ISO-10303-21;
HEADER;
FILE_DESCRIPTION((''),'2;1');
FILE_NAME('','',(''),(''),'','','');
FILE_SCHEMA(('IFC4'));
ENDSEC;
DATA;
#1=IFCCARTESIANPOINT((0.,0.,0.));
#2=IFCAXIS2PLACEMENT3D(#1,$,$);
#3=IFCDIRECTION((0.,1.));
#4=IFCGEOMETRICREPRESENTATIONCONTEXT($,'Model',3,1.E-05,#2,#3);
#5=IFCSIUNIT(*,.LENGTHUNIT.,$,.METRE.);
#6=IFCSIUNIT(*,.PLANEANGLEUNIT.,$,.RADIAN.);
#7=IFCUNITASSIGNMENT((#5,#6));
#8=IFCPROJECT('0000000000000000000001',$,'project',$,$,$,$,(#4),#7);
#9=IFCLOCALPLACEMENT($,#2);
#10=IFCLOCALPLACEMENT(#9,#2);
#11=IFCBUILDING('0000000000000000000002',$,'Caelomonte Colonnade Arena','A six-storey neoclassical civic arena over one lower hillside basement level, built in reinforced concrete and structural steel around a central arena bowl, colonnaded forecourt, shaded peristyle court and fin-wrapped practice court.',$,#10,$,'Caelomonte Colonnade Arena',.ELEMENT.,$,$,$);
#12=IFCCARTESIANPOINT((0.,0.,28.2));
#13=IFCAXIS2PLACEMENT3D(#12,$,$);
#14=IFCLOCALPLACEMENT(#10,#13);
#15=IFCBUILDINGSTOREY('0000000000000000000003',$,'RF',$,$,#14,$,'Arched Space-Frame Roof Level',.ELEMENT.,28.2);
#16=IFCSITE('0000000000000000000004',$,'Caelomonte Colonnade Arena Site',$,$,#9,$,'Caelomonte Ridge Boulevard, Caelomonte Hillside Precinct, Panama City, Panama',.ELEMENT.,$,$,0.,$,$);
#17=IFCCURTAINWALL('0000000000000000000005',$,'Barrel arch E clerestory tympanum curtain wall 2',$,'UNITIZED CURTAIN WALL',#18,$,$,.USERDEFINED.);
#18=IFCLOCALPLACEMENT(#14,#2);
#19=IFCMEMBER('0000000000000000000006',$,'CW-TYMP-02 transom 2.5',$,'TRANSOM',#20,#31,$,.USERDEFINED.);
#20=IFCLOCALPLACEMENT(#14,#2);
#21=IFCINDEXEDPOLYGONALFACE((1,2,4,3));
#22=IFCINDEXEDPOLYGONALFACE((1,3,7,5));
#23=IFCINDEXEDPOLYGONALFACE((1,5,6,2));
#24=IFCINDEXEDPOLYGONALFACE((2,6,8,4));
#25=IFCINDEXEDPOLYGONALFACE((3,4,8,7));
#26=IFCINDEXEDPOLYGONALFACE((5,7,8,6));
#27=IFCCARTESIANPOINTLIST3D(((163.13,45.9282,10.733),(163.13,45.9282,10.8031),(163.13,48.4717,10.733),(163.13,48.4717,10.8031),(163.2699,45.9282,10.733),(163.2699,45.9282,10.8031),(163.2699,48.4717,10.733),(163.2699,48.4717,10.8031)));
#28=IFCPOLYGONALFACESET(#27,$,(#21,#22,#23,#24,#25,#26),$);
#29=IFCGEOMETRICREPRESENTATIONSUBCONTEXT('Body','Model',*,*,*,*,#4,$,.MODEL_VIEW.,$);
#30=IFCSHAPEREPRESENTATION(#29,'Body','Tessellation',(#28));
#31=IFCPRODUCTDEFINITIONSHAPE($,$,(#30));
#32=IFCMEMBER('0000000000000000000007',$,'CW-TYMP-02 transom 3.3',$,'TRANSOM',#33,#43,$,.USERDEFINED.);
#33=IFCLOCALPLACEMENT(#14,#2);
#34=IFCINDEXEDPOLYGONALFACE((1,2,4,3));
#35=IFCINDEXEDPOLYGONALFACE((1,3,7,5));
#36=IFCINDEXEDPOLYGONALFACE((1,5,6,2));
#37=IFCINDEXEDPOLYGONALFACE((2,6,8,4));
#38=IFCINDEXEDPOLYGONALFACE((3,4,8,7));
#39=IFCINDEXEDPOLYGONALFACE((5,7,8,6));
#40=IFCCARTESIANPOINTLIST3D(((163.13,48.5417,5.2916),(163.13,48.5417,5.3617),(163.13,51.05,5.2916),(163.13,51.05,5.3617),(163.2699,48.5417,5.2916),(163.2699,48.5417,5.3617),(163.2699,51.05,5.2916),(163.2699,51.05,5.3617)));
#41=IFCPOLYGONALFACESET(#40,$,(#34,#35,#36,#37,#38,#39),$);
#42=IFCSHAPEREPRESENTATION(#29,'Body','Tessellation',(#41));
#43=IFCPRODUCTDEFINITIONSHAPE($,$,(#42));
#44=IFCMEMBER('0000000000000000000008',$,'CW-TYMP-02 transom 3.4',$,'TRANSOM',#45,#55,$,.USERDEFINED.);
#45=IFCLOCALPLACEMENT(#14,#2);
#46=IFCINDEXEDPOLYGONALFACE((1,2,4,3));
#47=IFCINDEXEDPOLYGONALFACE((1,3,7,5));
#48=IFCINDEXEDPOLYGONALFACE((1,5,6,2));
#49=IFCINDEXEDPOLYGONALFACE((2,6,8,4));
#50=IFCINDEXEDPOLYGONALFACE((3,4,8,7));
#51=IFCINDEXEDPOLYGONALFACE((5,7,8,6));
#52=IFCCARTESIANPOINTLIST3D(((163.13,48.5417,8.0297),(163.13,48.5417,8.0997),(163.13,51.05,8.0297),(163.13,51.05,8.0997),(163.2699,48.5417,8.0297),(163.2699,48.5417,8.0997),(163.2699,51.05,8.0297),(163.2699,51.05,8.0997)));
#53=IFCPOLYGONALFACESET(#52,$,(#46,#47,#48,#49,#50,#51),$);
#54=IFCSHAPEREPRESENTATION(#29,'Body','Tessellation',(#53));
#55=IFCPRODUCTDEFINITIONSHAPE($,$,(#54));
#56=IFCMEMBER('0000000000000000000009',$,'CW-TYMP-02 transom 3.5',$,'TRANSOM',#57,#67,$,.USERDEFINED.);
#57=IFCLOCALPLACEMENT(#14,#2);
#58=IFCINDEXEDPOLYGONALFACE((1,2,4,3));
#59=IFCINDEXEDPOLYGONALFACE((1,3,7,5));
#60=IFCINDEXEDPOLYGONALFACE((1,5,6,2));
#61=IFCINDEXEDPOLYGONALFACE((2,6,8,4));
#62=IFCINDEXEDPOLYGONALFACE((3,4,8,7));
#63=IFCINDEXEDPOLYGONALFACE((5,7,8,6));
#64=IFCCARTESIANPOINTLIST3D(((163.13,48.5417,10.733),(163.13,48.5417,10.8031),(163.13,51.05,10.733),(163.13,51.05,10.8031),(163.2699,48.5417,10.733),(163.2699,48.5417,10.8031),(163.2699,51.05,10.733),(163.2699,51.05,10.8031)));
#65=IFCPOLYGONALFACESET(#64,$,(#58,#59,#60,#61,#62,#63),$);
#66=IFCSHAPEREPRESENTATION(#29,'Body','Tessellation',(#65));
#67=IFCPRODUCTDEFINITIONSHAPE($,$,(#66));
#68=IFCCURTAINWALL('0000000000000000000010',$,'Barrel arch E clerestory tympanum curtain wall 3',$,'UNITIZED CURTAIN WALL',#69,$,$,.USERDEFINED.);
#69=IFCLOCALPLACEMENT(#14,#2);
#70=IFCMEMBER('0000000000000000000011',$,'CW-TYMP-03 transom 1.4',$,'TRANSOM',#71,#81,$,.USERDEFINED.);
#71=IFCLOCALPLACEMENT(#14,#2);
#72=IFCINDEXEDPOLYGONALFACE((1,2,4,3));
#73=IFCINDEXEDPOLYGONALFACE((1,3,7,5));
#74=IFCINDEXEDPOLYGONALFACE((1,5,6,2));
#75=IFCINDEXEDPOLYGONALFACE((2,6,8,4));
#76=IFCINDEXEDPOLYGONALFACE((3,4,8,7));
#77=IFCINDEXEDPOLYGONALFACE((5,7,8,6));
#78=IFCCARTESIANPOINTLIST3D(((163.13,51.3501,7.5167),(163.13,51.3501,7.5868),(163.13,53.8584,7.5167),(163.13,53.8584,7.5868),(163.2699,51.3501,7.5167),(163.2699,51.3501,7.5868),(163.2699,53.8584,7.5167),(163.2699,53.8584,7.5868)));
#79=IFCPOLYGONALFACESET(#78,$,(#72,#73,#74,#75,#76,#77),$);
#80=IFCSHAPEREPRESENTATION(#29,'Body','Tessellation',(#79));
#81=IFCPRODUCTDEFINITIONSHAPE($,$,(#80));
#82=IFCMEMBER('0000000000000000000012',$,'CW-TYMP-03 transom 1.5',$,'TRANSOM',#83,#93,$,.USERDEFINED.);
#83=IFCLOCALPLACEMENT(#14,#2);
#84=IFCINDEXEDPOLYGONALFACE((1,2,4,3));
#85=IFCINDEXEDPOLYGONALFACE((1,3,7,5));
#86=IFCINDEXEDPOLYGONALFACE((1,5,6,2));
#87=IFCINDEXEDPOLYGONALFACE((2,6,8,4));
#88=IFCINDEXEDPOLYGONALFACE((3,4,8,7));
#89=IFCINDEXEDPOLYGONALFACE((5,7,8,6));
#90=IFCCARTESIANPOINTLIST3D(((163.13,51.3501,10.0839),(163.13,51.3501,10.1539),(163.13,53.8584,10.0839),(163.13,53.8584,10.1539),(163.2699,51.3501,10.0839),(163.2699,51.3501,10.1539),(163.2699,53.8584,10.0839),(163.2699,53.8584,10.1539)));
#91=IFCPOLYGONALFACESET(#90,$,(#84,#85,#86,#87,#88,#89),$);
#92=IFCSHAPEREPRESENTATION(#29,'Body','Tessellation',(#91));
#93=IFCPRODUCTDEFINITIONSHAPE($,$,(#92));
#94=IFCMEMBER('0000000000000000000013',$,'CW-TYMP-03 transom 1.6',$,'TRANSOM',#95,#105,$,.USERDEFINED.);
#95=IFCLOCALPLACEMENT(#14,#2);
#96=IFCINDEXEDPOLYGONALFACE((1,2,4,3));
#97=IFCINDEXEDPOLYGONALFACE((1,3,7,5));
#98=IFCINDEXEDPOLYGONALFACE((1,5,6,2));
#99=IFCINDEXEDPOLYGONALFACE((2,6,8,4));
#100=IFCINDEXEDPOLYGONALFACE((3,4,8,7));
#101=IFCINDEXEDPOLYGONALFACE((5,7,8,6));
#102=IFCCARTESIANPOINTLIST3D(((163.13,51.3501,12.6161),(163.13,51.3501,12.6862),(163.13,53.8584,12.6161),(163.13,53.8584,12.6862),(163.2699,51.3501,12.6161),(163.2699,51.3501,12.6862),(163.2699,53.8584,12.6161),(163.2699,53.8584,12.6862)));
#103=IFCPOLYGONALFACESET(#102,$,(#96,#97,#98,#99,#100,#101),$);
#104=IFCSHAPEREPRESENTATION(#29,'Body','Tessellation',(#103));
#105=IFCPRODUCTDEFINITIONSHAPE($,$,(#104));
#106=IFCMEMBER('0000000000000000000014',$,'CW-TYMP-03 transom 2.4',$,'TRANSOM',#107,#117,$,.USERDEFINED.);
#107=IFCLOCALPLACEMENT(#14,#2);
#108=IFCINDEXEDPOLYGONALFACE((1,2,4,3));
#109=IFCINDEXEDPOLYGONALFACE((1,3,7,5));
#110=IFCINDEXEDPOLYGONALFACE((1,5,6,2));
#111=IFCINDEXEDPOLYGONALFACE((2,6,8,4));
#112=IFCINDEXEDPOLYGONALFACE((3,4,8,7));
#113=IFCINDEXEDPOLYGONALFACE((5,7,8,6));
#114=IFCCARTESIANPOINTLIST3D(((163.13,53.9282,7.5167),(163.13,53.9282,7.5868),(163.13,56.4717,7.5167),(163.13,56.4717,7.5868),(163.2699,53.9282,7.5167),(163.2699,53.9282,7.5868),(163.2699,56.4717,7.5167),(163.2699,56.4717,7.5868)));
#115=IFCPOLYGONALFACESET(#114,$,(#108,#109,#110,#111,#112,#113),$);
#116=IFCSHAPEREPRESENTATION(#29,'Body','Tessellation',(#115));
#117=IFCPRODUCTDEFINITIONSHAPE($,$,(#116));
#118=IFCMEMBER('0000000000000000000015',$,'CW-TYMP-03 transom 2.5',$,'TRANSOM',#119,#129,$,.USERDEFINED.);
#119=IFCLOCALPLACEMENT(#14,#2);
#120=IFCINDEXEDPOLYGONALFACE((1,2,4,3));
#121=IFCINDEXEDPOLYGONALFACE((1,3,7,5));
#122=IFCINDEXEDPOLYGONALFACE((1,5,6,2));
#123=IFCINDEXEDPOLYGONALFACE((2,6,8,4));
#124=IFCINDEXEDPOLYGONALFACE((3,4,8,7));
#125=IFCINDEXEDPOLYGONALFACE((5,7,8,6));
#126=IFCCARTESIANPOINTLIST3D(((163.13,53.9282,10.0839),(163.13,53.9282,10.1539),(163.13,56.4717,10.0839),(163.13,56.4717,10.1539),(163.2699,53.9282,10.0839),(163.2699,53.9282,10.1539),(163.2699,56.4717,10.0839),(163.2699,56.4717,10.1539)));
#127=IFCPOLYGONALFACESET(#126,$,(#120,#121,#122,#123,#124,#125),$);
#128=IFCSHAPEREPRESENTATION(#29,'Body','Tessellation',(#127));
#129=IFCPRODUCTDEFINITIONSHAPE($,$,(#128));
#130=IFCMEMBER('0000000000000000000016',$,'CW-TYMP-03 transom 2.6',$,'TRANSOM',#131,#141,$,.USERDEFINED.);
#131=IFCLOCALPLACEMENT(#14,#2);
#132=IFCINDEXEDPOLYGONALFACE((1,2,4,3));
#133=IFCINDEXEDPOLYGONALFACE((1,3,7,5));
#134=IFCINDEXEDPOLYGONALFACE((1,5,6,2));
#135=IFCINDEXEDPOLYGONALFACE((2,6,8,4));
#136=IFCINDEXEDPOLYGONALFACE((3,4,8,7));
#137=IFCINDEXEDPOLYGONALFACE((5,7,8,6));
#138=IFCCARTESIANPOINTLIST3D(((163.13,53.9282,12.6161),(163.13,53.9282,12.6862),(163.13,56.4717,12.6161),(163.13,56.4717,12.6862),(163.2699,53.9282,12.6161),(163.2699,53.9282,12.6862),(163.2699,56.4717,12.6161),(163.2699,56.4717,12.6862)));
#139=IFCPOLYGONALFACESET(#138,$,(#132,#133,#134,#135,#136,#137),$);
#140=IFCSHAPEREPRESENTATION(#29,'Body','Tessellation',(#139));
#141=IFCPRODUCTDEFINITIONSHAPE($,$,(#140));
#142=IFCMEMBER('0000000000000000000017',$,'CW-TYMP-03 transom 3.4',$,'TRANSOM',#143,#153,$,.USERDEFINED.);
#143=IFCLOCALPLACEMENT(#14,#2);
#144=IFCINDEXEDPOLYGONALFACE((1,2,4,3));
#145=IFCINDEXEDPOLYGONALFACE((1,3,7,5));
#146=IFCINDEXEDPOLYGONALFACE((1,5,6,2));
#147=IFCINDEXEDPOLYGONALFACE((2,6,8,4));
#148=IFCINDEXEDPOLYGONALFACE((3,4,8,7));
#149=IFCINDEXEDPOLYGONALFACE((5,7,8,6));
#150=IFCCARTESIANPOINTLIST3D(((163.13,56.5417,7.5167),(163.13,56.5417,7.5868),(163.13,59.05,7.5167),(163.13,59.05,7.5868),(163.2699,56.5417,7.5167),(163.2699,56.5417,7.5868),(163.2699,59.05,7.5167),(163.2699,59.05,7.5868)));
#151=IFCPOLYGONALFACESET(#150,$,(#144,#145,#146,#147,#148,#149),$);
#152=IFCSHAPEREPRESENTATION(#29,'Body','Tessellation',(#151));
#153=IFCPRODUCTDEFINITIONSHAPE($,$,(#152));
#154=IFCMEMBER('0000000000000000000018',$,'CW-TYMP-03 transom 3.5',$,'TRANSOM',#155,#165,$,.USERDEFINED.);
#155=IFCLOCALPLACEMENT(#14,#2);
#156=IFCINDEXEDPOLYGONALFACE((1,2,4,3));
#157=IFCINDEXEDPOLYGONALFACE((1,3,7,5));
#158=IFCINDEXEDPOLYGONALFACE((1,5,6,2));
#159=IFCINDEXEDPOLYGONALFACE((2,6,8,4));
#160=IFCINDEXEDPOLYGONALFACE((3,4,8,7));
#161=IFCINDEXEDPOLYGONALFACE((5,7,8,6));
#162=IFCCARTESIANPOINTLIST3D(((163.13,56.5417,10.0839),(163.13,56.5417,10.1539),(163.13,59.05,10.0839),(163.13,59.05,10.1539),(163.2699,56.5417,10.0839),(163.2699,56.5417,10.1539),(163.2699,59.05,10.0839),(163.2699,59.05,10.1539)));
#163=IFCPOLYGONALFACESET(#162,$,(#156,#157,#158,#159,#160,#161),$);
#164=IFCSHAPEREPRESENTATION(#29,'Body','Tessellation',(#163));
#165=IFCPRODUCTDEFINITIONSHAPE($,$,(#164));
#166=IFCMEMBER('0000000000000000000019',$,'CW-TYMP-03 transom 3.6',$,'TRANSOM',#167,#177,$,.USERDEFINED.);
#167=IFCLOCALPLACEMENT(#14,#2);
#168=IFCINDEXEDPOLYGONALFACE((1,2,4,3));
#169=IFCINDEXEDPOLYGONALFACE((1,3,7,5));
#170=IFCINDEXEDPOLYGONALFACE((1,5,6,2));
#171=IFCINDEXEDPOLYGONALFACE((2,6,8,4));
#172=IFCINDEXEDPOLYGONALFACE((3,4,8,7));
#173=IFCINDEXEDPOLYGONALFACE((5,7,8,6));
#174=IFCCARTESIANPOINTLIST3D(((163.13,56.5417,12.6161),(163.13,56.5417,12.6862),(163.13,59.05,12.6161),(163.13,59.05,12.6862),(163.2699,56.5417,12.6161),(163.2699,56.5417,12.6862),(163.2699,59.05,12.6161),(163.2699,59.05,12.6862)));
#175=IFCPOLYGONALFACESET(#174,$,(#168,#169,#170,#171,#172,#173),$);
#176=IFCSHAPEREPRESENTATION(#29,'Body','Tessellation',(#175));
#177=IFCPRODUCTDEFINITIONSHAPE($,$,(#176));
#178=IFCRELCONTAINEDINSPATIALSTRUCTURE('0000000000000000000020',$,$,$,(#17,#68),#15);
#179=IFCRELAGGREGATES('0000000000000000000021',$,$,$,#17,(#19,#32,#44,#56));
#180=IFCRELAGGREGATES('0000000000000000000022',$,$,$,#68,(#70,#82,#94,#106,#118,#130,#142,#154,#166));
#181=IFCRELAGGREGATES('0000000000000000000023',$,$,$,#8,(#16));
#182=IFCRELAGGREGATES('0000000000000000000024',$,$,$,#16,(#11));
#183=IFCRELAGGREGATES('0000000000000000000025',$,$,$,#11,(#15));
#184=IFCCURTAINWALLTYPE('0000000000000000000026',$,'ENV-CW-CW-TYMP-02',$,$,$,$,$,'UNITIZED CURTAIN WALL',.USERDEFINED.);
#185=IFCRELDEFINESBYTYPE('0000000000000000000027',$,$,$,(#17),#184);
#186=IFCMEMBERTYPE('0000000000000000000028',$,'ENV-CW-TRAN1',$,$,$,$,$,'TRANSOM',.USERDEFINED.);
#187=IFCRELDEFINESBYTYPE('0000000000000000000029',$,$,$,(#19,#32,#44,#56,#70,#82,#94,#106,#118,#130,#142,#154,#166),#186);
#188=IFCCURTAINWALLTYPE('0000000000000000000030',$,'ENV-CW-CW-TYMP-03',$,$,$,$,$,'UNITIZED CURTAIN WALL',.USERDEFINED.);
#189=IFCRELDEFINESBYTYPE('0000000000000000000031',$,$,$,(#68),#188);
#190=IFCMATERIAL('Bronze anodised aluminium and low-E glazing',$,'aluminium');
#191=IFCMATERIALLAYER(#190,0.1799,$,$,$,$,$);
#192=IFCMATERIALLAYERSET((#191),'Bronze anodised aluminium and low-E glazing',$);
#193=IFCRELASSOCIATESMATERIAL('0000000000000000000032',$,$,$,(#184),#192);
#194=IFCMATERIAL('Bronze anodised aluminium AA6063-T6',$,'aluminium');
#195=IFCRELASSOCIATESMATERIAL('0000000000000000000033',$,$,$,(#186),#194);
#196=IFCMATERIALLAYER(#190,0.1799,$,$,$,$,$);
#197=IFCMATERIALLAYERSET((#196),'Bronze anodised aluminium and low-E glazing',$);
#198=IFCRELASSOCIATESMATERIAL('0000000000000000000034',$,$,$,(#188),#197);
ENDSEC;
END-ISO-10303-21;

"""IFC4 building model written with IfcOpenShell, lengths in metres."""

from ifc_helpers import new_model, si_unit, direction, frame, origin, origin_2d, place, context, subcontext, project, spatial, rectangle, extrude, material, layer, layer_set, material_profile, profile_set, type_object, element, aggregate, save


model = new_model("IFC4")

# Units and contexts
model_context = context("Model", 3, precision=1e-05, world=origin(), true_north=direction((0.0, 1.0)))
body_context = subcontext(model_context, "Body", "Model", "MODEL_VIEW")
ifc_project = project(units=[si_unit("LENGTHUNIT", "METRE"), si_unit("PLANEANGLEUNIT", "RADIAN")], contexts=[model_context])

# Site, building, storey
site_placement = place(None, origin())
site = spatial("IfcSite", under=ifc_project, at=site_placement, Name="Caelomonte Colonnade Arena Site", LongName="Caelomonte Ridge Boulevard, Caelomonte Hillside Precinct, Panama City, Panama", CompositionType="ELEMENT", RefElevation=0.0)
building_placement = place(site_placement, origin())
building = spatial("IfcBuilding", under=site, at=building_placement, Name="Caelomonte Colonnade Arena", Description="A six-storey neoclassical civic arena over one lower hillside basement level, built in reinforced concrete and structural steel around a central arena bowl, colonnaded forecourt, shaded peristyle court and fin-wrapped practice court.", LongName="Caelomonte Colonnade Arena", CompositionType="ELEMENT")
storey_placement = place(building_placement, frame((0.0, 0.0, 28.2)))
storey = spatial("IfcBuildingStorey", under=building, at=storey_placement, Name="RF", LongName="Arched Space-Frame Roof Level", CompositionType="ELEMENT", Elevation=28.2)

# Curtain walls, members
ifc_material_1 = material(Name="Bronze anodised aluminium and low-E glazing", Category="aluminium")
ifc_layer_1 = layer(ifc_material_1, 0.1799)
ifc_layer_set_1 = layer_set([ifc_layer_1], Name="Bronze anodised aluminium and low-E glazing")
curtain_wall_type_1 = type_object("IfcCurtainWallType", Name="ENV-CW-CW-TYMP-02", ElementType="UNITIZED CURTAIN WALL", PredefinedType="USERDEFINED", material=ifc_layer_set_1)
curtain_wall_1_placement = place(storey_placement, origin())
curtain_wall_1 = element("IfcCurtainWall", 1, at=curtain_wall_1_placement, inside=storey, type_object=curtain_wall_type_1, Name="Barrel arch E clerestory tympanum curtain wall 2", ObjectType="UNITIZED CURTAIN WALL", PredefinedType="USERDEFINED")
ifc_material_2 = material(Name="Bronze anodised aluminium AA6063-T6", Category="aluminium")
ifc_material_profile_1 = material_profile(ifc_material_2, rectangle(XDim=0.0701, YDim=0.1399, at=origin_2d()), Name="CWT-70X140")
ifc_profile_set_1 = profile_set([ifc_material_profile_1], Name="Bronze anodised aluminium AA6063-T6")
member_type_1 = type_object("IfcMemberType", Name="ENV-CW-TRAN1", ElementType="TRANSOM", PredefinedType="USERDEFINED", material=ifc_profile_set_1)
member_1_placement = place(storey_placement, frame((163.2, 45.9282, 10.7681), z_axis=(0.0, 1.0, 0.0), x_axis=(0.0, 0.0, 1.0)))
member_1 = element("IfcMember", 2, at=member_1_placement, type_object=member_type_1, Name="CW-TYMP-02 transom 2.5", ObjectType="TRANSOM", PredefinedType="USERDEFINED", context=body_context, shape_type="SweptSolid", body=[
    extrude(rectangle(XDim=0.0701, YDim=0.1399, at=origin_2d()), origin(), (0.0, 0.0, 1.0), 2.5435),
])
member_2_placement = place(storey_placement, frame((163.2, 48.5417, 5.3267), z_axis=(0.0, 1.0, 0.0), x_axis=(0.0, 0.0, 1.0)))
member_2 = element("IfcMember", 3, at=member_2_placement, type_object=member_type_1, Name="CW-TYMP-02 transom 3.3", ObjectType="TRANSOM", PredefinedType="USERDEFINED", context=body_context, shape_type="SweptSolid", body=[
    extrude(rectangle(XDim=0.0701, YDim=0.1399, at=origin_2d()), origin(), (0.0, 0.0, 1.0), 2.5083),
])
member_3_placement = place(storey_placement, frame((163.2, 48.5417, 8.0647), z_axis=(0.0, 1.0, 0.0), x_axis=(0.0, 0.0, 1.0)))
member_3 = element("IfcMember", 4, at=member_3_placement, type_object=member_type_1, Name="CW-TYMP-02 transom 3.4", ObjectType="TRANSOM", PredefinedType="USERDEFINED", context=body_context, shape_type="SweptSolid", body=[
    extrude(rectangle(XDim=0.0701, YDim=0.1399, at=origin_2d()), origin(), (0.0, 0.0, 1.0), 2.5083),
])
member_4_placement = place(storey_placement, frame((163.2, 48.5417, 10.7681), z_axis=(0.0, 1.0, 0.0), x_axis=(0.0, 0.0, 1.0)))
member_4 = element("IfcMember", 5, at=member_4_placement, type_object=member_type_1, Name="CW-TYMP-02 transom 3.5", ObjectType="TRANSOM", PredefinedType="USERDEFINED", context=body_context, shape_type="SweptSolid", body=[
    extrude(rectangle(XDim=0.0701, YDim=0.1399, at=origin_2d()), origin(), (0.0, 0.0, 1.0), 2.5083),
])
ifc_layer_2 = layer(ifc_material_1, 0.1799)
ifc_layer_set_2 = layer_set([ifc_layer_2], Name="Bronze anodised aluminium and low-E glazing")
curtain_wall_type_2 = type_object("IfcCurtainWallType", Name="ENV-CW-CW-TYMP-03", ElementType="UNITIZED CURTAIN WALL", PredefinedType="USERDEFINED", material=ifc_layer_set_2)
curtain_wall_2_placement = place(storey_placement, origin())
curtain_wall_2 = element("IfcCurtainWall", 6, at=curtain_wall_2_placement, inside=storey, type_object=curtain_wall_type_2, Name="Barrel arch E clerestory tympanum curtain wall 3", ObjectType="UNITIZED CURTAIN WALL", PredefinedType="USERDEFINED")
member_5_placement = place(storey_placement, frame((163.2, 51.3501, 7.5518), z_axis=(0.0, 1.0, 0.0), x_axis=(0.0, 0.0, 1.0)))
member_5 = element("IfcMember", 7, at=member_5_placement, type_object=member_type_1, Name="CW-TYMP-03 transom 1.4", ObjectType="TRANSOM", PredefinedType="USERDEFINED", context=body_context, shape_type="SweptSolid", body=[
    extrude(rectangle(XDim=0.0701, YDim=0.1399, at=origin_2d()), origin(), (0.0, 0.0, 1.0), 2.5083),
])
member_6_placement = place(storey_placement, frame((163.2, 51.3501, 10.1189), z_axis=(0.0, 1.0, 0.0), x_axis=(0.0, 0.0, 1.0)))
member_6 = element("IfcMember", 8, at=member_6_placement, type_object=member_type_1, Name="CW-TYMP-03 transom 1.5", ObjectType="TRANSOM", PredefinedType="USERDEFINED", context=body_context, shape_type="SweptSolid", body=[
    extrude(rectangle(XDim=0.0701, YDim=0.1399, at=origin_2d()), origin(), (0.0, 0.0, 1.0), 2.5083),
])
member_7_placement = place(storey_placement, frame((163.2, 51.3501, 12.6511), z_axis=(0.0, 1.0, 0.0), x_axis=(0.0, 0.0, 1.0)))
member_7 = element("IfcMember", 9, at=member_7_placement, type_object=member_type_1, Name="CW-TYMP-03 transom 1.6", ObjectType="TRANSOM", PredefinedType="USERDEFINED", context=body_context, shape_type="SweptSolid", body=[
    extrude(rectangle(XDim=0.0701, YDim=0.1399, at=origin_2d()), origin(), (0.0, 0.0, 1.0), 2.5083),
])
member_8_placement = place(storey_placement, frame((163.2, 53.9282, 7.5518), z_axis=(0.0, 1.0, 0.0), x_axis=(0.0, 0.0, 1.0)))
member_8 = element("IfcMember", 10, at=member_8_placement, type_object=member_type_1, Name="CW-TYMP-03 transom 2.4", ObjectType="TRANSOM", PredefinedType="USERDEFINED", context=body_context, shape_type="SweptSolid", body=[
    extrude(rectangle(XDim=0.0701, YDim=0.1399, at=origin_2d()), origin(), (0.0, 0.0, 1.0), 2.5435),
])
member_9_placement = place(storey_placement, frame((163.2, 53.9282, 10.1189), z_axis=(0.0, 1.0, 0.0), x_axis=(0.0, 0.0, 1.0)))
member_9 = element("IfcMember", 11, at=member_9_placement, type_object=member_type_1, Name="CW-TYMP-03 transom 2.5", ObjectType="TRANSOM", PredefinedType="USERDEFINED", context=body_context, shape_type="SweptSolid", body=[
    extrude(rectangle(XDim=0.0701, YDim=0.1399, at=origin_2d()), origin(), (0.0, 0.0, 1.0), 2.5435),
])
member_10_placement = place(storey_placement, frame((163.2, 53.9282, 12.6511), z_axis=(0.0, 1.0, 0.0), x_axis=(0.0, 0.0, 1.0)))
member_10 = element("IfcMember", 12, at=member_10_placement, type_object=member_type_1, Name="CW-TYMP-03 transom 2.6", ObjectType="TRANSOM", PredefinedType="USERDEFINED", context=body_context, shape_type="SweptSolid", body=[
    extrude(rectangle(XDim=0.0701, YDim=0.1399, at=origin_2d()), origin(), (0.0, 0.0, 1.0), 2.5435),
])
member_11_placement = place(storey_placement, frame((163.2, 56.5417, 7.5518), z_axis=(0.0, 1.0, 0.0), x_axis=(0.0, 0.0, 1.0)))
member_11 = element("IfcMember", 13, at=member_11_placement, type_object=member_type_1, Name="CW-TYMP-03 transom 3.4", ObjectType="TRANSOM", PredefinedType="USERDEFINED", context=body_context, shape_type="SweptSolid", body=[
    extrude(rectangle(XDim=0.0701, YDim=0.1399, at=origin_2d()), origin(), (0.0, 0.0, 1.0), 2.5083),
])
member_12_placement = place(storey_placement, frame((163.2, 56.5417, 10.1189), z_axis=(0.0, 1.0, 0.0), x_axis=(0.0, 0.0, 1.0)))
member_12 = element("IfcMember", 14, at=member_12_placement, type_object=member_type_1, Name="CW-TYMP-03 transom 3.5", ObjectType="TRANSOM", PredefinedType="USERDEFINED", context=body_context, shape_type="SweptSolid", body=[
    extrude(rectangle(XDim=0.0701, YDim=0.1399, at=origin_2d()), origin(), (0.0, 0.0, 1.0), 2.5083),
])
member_13_placement = place(storey_placement, frame((163.2, 56.5417, 12.6511), z_axis=(0.0, 1.0, 0.0), x_axis=(0.0, 0.0, 1.0)))
member_13 = element("IfcMember", 15, at=member_13_placement, type_object=member_type_1, Name="CW-TYMP-03 transom 3.6", ObjectType="TRANSOM", PredefinedType="USERDEFINED", context=body_context, shape_type="SweptSolid", body=[
    extrude(rectangle(XDim=0.0701, YDim=0.1399, at=origin_2d()), origin(), (0.0, 0.0, 1.0), 2.5083),
])

aggregate(curtain_wall_1, [member_1, member_2, member_3, member_4])
aggregate(curtain_wall_2, [member_5, member_6, member_7, member_8, member_9, member_10, member_11, member_12, member_13])

save(model, "model.ifc")
